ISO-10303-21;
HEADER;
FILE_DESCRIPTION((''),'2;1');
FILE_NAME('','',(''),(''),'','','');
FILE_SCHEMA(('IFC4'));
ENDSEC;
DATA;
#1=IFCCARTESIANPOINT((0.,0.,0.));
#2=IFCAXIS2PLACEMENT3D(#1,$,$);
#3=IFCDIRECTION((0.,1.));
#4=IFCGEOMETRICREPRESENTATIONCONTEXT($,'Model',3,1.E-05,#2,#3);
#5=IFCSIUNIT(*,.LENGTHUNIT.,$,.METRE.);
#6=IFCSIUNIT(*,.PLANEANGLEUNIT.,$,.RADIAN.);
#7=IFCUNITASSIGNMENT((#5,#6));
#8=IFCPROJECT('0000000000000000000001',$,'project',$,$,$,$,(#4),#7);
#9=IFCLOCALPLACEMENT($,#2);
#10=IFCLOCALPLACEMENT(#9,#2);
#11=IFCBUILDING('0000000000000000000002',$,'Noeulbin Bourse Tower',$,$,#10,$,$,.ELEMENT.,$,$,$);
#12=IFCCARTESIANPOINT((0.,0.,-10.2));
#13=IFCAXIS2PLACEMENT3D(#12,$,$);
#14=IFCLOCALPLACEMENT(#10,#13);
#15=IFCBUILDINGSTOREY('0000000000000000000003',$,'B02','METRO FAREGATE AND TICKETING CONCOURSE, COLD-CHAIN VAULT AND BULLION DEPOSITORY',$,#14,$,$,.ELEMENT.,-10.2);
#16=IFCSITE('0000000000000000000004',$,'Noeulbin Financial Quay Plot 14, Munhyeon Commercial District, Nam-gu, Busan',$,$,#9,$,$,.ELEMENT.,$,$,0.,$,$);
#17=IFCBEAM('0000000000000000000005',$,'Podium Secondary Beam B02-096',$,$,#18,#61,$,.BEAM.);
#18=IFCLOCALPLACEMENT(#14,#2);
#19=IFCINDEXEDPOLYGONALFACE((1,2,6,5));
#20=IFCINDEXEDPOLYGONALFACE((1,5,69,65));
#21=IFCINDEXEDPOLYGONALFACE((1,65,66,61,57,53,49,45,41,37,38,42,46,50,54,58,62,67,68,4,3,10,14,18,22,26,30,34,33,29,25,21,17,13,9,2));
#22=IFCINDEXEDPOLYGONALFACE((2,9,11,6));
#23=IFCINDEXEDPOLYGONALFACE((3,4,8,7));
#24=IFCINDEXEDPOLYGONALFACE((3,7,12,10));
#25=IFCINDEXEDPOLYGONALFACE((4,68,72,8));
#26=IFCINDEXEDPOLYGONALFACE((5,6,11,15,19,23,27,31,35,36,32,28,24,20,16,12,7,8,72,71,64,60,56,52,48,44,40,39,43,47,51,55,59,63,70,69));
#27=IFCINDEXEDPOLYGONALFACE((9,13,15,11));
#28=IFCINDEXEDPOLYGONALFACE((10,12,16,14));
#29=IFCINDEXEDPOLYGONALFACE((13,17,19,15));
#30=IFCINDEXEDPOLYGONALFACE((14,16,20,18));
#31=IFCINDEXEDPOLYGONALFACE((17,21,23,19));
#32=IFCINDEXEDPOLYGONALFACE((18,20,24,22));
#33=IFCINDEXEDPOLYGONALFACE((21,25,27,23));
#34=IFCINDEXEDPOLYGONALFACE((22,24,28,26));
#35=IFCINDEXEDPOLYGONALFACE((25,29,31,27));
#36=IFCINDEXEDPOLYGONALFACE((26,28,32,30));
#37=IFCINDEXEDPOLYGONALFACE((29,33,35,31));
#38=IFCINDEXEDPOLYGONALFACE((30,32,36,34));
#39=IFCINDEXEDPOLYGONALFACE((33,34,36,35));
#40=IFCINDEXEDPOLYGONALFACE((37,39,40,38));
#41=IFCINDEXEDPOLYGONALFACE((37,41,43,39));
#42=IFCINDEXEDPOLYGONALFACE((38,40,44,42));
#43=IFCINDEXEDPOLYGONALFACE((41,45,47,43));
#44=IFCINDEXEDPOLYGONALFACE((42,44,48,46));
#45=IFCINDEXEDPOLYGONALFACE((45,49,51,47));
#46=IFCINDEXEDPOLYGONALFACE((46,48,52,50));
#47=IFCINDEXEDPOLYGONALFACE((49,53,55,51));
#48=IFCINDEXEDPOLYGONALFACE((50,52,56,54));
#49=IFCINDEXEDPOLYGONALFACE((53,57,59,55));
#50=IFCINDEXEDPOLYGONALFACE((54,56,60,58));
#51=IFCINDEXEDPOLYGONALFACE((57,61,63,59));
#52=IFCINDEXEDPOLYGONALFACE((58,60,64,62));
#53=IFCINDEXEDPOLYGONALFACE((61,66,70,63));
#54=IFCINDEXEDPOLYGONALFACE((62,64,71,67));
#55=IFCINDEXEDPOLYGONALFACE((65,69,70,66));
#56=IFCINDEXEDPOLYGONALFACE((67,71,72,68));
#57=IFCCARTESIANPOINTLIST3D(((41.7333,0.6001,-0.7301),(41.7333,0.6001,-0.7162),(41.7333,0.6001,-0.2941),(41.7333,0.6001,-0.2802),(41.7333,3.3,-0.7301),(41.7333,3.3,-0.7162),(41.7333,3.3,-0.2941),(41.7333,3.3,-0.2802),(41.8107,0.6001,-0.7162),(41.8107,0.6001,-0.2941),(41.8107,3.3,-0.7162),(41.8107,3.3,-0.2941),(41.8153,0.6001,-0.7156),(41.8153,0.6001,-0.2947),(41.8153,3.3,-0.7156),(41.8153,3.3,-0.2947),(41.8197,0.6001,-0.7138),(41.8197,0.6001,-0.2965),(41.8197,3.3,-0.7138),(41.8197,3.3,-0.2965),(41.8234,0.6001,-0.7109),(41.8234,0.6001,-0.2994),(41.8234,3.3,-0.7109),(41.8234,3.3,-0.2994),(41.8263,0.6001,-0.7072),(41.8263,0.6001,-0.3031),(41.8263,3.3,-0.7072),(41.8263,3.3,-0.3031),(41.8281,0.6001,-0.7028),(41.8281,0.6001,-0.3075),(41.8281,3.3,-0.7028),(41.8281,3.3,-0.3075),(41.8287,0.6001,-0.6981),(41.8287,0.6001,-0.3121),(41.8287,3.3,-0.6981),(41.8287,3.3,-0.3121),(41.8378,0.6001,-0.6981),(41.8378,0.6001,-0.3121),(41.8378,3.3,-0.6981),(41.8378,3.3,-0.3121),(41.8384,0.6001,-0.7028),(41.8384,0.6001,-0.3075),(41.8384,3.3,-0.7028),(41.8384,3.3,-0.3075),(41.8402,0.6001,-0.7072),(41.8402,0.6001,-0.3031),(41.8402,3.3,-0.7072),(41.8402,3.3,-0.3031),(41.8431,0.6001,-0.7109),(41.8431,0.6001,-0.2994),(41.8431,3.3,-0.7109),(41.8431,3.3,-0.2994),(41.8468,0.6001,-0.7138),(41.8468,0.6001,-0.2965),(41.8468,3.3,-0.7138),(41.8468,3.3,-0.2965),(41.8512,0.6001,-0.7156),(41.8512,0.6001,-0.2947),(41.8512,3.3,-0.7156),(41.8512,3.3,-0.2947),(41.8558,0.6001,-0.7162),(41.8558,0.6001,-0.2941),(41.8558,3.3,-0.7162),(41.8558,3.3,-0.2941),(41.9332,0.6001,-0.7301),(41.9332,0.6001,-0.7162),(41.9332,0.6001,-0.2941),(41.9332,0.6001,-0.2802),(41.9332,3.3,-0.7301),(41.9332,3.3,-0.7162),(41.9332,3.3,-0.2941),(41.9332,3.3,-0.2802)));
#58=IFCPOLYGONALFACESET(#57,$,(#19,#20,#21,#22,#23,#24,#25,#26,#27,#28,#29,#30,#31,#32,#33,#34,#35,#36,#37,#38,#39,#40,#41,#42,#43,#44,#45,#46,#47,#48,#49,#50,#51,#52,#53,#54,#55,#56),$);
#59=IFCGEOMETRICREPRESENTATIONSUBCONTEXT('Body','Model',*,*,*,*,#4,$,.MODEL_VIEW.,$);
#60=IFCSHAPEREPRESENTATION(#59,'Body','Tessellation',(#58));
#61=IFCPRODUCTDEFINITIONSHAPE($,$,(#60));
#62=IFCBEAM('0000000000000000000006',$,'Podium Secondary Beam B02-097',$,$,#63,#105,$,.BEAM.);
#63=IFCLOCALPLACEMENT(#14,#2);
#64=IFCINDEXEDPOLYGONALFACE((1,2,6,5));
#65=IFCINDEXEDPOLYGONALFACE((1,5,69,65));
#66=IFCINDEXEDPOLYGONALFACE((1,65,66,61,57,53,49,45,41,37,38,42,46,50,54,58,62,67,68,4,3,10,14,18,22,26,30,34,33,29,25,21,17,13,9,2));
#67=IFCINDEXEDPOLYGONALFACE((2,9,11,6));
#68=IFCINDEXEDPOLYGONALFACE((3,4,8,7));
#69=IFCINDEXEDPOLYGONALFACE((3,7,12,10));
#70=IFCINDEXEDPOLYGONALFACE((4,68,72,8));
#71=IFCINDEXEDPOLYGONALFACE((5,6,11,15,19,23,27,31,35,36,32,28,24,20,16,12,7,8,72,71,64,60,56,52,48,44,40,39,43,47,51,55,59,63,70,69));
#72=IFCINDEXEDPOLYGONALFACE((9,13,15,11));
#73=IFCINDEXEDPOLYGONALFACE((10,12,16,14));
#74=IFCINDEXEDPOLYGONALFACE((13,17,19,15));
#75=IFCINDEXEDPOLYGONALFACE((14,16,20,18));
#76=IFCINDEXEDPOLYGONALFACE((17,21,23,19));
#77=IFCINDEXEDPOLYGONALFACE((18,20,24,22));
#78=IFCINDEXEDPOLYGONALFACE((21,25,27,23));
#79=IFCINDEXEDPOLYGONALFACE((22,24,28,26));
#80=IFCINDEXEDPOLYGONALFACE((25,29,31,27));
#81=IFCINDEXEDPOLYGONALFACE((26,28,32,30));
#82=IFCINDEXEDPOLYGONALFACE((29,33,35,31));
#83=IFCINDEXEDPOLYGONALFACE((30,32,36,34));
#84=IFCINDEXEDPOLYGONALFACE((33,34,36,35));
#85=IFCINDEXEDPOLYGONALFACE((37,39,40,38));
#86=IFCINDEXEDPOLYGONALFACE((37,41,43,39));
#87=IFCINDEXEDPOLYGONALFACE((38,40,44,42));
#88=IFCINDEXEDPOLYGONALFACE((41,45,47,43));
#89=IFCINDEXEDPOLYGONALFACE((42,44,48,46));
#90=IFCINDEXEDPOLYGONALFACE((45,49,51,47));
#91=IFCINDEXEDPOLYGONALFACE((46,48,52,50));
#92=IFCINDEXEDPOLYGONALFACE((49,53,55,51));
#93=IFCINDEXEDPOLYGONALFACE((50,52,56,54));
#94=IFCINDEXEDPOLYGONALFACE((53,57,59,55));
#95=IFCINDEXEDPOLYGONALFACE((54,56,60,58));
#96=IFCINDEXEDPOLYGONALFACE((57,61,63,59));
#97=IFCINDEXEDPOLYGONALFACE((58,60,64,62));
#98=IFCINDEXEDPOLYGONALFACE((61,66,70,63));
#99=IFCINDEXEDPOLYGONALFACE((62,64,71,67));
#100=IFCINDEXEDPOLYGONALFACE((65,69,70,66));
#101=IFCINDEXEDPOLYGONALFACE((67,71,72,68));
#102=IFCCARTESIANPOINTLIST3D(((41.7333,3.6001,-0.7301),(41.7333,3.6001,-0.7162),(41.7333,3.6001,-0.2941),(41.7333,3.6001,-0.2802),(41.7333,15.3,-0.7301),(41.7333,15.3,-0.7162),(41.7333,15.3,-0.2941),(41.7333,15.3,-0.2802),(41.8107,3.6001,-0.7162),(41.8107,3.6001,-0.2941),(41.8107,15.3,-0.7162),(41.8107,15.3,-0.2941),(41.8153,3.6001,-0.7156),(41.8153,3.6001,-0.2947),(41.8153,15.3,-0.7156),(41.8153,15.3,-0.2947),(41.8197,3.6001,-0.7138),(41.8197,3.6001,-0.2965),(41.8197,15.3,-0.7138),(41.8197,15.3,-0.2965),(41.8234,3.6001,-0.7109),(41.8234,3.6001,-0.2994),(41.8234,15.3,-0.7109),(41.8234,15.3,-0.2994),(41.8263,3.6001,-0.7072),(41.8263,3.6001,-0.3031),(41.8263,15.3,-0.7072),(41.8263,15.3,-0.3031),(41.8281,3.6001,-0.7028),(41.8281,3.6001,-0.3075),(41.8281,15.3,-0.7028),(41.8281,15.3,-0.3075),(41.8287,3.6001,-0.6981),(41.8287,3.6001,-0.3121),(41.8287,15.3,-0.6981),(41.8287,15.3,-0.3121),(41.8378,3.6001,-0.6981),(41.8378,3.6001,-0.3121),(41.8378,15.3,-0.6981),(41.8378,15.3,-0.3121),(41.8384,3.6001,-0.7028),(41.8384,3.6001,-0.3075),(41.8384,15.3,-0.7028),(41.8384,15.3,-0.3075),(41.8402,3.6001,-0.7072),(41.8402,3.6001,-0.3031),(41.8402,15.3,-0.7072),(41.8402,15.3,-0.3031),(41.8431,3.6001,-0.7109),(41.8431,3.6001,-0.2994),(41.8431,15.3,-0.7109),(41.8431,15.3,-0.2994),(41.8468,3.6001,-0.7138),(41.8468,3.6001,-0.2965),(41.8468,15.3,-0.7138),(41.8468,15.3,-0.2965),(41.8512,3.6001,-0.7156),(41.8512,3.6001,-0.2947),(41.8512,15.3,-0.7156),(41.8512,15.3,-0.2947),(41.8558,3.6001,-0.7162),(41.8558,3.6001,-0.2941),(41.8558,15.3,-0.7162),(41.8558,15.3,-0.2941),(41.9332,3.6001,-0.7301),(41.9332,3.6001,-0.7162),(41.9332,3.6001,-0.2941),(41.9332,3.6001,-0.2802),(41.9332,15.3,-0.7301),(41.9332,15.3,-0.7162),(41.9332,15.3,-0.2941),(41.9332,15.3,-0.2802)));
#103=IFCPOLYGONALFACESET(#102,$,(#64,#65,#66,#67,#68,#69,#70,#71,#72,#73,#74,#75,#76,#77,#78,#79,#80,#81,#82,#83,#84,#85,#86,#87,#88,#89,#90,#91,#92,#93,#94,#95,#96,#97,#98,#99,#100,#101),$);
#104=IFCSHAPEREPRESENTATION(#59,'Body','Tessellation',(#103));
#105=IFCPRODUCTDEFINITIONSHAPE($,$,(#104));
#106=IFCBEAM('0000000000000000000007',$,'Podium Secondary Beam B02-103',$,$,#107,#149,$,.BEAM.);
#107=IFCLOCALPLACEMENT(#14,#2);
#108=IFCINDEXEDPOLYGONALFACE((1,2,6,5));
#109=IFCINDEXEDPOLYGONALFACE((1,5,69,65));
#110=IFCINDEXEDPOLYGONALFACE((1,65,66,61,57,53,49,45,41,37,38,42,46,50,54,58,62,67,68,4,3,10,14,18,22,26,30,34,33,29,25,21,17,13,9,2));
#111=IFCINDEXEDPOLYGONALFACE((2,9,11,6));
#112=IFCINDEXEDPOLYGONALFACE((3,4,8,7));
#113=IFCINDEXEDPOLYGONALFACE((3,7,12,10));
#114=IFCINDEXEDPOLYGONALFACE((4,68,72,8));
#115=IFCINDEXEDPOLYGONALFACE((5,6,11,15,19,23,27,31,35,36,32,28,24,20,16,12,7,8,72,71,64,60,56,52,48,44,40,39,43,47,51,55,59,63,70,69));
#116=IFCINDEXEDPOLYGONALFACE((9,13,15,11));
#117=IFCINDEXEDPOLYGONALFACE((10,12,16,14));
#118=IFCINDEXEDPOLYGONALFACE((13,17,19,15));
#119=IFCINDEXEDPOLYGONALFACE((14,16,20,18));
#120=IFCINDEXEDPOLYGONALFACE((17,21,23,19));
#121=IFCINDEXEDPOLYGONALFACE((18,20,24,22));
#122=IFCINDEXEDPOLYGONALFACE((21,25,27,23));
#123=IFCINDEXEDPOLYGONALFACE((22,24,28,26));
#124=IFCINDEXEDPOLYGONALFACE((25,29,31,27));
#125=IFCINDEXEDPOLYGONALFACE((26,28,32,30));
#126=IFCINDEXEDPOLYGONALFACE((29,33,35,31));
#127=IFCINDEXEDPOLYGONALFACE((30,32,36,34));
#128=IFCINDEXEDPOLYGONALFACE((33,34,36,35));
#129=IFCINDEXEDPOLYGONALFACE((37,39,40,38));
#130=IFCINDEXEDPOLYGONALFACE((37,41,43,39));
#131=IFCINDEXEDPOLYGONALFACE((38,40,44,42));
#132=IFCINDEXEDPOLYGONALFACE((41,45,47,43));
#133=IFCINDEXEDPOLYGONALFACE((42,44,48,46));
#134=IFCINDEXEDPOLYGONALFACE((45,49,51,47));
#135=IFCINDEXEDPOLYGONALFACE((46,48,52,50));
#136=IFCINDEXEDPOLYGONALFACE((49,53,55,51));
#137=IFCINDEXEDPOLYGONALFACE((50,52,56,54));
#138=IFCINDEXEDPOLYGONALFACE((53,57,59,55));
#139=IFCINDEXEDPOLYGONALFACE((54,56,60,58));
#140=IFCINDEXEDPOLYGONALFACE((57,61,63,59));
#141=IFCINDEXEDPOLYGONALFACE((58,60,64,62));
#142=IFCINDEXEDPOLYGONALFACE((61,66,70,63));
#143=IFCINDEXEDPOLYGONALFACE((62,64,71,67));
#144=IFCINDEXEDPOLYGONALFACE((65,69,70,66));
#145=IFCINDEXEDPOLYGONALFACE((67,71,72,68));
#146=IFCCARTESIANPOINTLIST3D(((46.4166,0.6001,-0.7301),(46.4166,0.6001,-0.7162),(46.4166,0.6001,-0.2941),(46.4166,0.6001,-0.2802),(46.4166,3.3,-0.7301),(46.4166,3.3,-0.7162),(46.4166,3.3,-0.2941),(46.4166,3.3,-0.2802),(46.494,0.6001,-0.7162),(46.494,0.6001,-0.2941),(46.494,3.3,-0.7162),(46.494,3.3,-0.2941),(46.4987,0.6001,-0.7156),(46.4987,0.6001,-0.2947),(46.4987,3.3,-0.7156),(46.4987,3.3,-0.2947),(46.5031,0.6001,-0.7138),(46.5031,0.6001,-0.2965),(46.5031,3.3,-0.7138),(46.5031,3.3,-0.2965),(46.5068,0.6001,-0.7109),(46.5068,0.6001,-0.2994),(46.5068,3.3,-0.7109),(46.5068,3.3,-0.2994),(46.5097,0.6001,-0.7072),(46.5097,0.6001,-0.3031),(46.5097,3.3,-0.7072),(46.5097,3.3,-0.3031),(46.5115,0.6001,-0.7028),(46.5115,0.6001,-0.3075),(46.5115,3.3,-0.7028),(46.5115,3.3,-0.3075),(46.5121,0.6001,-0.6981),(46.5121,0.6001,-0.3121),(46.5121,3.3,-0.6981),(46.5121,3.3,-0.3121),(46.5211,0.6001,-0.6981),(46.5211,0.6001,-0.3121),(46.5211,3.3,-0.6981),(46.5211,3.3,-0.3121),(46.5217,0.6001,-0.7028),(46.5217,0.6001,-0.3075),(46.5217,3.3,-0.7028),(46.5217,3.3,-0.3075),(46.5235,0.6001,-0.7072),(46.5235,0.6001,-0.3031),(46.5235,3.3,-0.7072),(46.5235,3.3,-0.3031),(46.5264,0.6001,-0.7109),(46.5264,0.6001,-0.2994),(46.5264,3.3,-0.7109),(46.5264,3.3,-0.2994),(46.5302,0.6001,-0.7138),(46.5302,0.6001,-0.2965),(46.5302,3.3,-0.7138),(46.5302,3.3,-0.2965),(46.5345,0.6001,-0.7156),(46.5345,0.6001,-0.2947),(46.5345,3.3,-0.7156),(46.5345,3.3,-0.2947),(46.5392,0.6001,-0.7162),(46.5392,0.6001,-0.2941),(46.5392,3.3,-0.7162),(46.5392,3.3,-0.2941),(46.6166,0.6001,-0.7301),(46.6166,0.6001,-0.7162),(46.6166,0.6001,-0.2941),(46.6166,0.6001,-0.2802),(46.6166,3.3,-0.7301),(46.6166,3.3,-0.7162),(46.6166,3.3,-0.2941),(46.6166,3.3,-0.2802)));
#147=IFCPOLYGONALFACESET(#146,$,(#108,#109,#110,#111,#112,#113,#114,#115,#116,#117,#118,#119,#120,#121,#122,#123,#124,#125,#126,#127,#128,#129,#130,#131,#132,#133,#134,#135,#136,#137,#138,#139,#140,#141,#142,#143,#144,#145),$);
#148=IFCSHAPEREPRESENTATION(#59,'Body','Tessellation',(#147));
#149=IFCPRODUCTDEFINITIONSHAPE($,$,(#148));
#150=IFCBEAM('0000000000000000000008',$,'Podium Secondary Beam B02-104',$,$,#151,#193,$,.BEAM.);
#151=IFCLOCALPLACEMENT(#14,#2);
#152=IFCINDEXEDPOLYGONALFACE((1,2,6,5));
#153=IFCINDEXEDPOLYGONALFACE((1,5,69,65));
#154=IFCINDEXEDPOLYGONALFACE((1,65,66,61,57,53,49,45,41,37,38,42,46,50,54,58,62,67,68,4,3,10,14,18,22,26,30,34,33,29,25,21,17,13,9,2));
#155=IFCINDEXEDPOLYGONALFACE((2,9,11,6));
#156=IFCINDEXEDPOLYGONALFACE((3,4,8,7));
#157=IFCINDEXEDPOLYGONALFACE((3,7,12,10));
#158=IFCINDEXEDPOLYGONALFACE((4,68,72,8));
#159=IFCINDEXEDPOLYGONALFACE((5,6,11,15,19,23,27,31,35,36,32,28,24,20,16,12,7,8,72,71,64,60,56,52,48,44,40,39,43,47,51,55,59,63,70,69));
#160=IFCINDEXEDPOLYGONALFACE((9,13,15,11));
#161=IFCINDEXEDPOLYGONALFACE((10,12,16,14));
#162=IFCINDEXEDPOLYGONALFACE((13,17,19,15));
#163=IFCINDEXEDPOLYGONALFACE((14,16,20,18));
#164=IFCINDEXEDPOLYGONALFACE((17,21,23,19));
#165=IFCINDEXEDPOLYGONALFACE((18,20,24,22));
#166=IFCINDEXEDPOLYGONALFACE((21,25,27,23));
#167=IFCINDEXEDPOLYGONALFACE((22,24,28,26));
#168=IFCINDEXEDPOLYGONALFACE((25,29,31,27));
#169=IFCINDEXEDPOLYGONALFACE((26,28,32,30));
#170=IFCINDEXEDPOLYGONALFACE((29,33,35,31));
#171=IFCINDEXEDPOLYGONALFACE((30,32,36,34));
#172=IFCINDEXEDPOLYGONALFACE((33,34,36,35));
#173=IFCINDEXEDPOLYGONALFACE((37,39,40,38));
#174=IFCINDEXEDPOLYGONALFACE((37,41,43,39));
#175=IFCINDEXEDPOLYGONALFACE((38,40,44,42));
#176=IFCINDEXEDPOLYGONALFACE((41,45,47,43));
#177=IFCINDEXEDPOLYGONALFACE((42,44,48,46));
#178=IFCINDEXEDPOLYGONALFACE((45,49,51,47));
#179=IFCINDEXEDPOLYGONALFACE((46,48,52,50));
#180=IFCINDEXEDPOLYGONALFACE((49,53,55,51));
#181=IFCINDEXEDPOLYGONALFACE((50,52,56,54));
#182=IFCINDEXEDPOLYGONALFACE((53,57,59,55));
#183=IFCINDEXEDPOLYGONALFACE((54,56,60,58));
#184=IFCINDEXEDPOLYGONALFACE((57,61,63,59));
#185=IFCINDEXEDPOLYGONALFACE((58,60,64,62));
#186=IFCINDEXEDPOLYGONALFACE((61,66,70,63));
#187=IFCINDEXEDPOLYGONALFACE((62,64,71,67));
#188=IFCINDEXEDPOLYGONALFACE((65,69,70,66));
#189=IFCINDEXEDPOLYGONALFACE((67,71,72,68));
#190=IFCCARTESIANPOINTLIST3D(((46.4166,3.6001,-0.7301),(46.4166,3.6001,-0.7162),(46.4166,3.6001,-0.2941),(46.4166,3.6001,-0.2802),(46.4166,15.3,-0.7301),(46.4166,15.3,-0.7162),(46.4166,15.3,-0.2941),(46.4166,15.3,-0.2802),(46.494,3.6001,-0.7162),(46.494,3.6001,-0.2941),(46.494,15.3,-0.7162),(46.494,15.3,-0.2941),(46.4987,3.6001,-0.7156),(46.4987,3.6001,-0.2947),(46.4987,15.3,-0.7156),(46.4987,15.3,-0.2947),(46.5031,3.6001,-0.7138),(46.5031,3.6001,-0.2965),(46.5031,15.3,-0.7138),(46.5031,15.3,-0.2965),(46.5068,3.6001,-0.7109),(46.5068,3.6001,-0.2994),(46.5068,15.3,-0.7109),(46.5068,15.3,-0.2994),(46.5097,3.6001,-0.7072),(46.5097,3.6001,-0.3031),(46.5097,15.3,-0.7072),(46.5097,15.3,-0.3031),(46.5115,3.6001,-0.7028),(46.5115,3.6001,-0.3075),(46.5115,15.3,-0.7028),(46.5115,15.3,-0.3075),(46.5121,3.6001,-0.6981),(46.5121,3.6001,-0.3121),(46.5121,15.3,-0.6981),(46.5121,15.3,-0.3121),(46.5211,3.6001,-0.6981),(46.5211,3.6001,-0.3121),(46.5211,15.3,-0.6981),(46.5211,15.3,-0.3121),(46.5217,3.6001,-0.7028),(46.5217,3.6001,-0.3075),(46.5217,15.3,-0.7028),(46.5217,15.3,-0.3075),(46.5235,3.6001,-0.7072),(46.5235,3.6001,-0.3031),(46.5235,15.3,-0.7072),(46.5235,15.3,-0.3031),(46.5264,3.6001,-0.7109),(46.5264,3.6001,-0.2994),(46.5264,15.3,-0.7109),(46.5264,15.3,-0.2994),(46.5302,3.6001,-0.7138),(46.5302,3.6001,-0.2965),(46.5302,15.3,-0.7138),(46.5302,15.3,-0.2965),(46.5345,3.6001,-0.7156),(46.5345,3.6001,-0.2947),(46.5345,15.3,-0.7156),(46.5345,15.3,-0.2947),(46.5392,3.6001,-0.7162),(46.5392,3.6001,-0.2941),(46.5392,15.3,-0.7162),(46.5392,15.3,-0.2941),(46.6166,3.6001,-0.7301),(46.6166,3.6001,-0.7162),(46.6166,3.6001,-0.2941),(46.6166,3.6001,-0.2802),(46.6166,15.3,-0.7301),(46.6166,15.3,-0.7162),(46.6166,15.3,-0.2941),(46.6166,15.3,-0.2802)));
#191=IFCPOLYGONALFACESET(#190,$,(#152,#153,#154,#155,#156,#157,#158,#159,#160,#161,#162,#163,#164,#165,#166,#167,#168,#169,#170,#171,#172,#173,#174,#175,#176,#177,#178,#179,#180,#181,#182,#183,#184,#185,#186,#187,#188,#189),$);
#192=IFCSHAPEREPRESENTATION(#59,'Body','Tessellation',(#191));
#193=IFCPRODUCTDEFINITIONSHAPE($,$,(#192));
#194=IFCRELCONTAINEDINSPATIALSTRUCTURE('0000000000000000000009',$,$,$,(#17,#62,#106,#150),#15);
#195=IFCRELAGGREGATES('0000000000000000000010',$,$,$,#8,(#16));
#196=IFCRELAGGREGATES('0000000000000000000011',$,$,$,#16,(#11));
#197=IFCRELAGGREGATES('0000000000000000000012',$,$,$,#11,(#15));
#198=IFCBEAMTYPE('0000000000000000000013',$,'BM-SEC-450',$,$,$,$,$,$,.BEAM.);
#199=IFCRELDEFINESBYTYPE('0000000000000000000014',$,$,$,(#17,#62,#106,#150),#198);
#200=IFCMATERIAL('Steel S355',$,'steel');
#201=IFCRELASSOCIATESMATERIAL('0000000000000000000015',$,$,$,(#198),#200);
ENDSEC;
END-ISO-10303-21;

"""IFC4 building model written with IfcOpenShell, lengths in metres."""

from ifc_helpers import new_model, si_unit, direction, frame, origin, origin_2d, place, context, subcontext, project, spatial, i_section, extrude, material, material_profile, profile_set, type_object, element, save


model = new_model("IFC4")

# Units and contexts
model_context = context("Model", 3, precision=1e-05, world=origin(), true_north=direction((0.0, 1.0)))
body_context = subcontext(model_context, "Body", "Model", "MODEL_VIEW")
ifc_project = project(units=[si_unit("LENGTHUNIT", "METRE"), si_unit("PLANEANGLEUNIT", "RADIAN")], contexts=[model_context])

# Site, building, storey
site_placement = place(None, origin())
site = spatial("IfcSite", under=ifc_project, at=site_placement, Name="Noeulbin Financial Quay Plot 14, Munhyeon Commercial District, Nam-gu, Busan", CompositionType="ELEMENT", RefElevation=0.0)
building_placement = place(site_placement, origin())
building = spatial("IfcBuilding", under=site, at=building_placement, Name="Noeulbin Bourse Tower", CompositionType="ELEMENT")
storey_placement = place(building_placement, frame((0.0, 0.0, -10.2)))
storey = spatial("IfcBuildingStorey", under=building, at=storey_placement, Name="B02", Description="METRO FAREGATE AND TICKETING CONCOURSE, COLD-CHAIN VAULT AND BULLION DEPOSITORY", CompositionType="ELEMENT", Elevation=-10.2)

# Beams
ifc_material_1 = material(Name="Steel S355", Category="steel")
ifc_material_profile_1 = material_profile(ifc_material_1, i_section(OverallWidth=0.2, OverallDepth=0.45, WebThickness=0.009, FlangeThickness=0.0139, FilletRadius=0.0181, at=origin_2d()), Name="H-450x200x9x14", Category="LoadBearing")
ifc_profile_set_1 = profile_set([ifc_material_profile_1], Name="Steel S355")
beam_type_1 = type_object("IfcBeamType", Name="BM-SEC-450", PredefinedType="BEAM", material=ifc_profile_set_1)
beam_1_placement = place(storey_placement, frame((41.8333, 0.6001, -0.5051), z_axis=(0.0, 1.0, 0.0), x_axis=(-1.0, 0.0, 0.0)))
element("IfcBeam", 1, at=beam_1_placement, inside=storey, type_object=beam_type_1, Name="Podium Secondary Beam B02-096", PredefinedType="BEAM", context=body_context, shape_type="SweptSolid", body=[
    extrude(i_section(OverallWidth=0.2, OverallDepth=0.45, WebThickness=0.009, FlangeThickness=0.0139, FilletRadius=0.0181, at=origin_2d()), origin(), (0.0, 0.0, 1.0), 2.7),
])
beam_2_placement = place(storey_placement, frame((41.8333, 3.6001, -0.5051), z_axis=(0.0, 1.0, 0.0), x_axis=(-1.0, 0.0, 0.0)))
element("IfcBeam", 2, at=beam_2_placement, inside=storey, type_object=beam_type_1, Name="Podium Secondary Beam B02-097", PredefinedType="BEAM", context=body_context, shape_type="SweptSolid", body=[
    extrude(i_section(OverallWidth=0.2, OverallDepth=0.45, WebThickness=0.009, FlangeThickness=0.0139, FilletRadius=0.0181, at=origin_2d()), origin(), (0.0, 0.0, 1.0), 11.7),
])
beam_3_placement = place(storey_placement, frame((46.5166, 0.6001, -0.5051), z_axis=(0.0, 1.0, 0.0), x_axis=(-1.0, 0.0, 0.0)))
element("IfcBeam", 3, at=beam_3_placement, inside=storey, type_object=beam_type_1, Name="Podium Secondary Beam B02-103", PredefinedType="BEAM", context=body_context, shape_type="SweptSolid", body=[
    extrude(i_section(OverallWidth=0.2, OverallDepth=0.45, WebThickness=0.009, FlangeThickness=0.0139, FilletRadius=0.0181, at=origin_2d()), origin(), (0.0, 0.0, 1.0), 2.7),
])
beam_4_placement = place(storey_placement, frame((46.5166, 3.6001, -0.5051), z_axis=(0.0, 1.0, 0.0), x_axis=(-1.0, 0.0, 0.0)))
element("IfcBeam", 4, at=beam_4_placement, inside=storey, type_object=beam_type_1, Name="Podium Secondary Beam B02-104", PredefinedType="BEAM", context=body_context, shape_type="SweptSolid", body=[
    extrude(i_section(OverallWidth=0.2, OverallDepth=0.45, WebThickness=0.009, FlangeThickness=0.0139, FilletRadius=0.0181, at=origin_2d()), origin(), (0.0, 0.0, 1.0), 11.7),
])

save(model, "model.ifc")
